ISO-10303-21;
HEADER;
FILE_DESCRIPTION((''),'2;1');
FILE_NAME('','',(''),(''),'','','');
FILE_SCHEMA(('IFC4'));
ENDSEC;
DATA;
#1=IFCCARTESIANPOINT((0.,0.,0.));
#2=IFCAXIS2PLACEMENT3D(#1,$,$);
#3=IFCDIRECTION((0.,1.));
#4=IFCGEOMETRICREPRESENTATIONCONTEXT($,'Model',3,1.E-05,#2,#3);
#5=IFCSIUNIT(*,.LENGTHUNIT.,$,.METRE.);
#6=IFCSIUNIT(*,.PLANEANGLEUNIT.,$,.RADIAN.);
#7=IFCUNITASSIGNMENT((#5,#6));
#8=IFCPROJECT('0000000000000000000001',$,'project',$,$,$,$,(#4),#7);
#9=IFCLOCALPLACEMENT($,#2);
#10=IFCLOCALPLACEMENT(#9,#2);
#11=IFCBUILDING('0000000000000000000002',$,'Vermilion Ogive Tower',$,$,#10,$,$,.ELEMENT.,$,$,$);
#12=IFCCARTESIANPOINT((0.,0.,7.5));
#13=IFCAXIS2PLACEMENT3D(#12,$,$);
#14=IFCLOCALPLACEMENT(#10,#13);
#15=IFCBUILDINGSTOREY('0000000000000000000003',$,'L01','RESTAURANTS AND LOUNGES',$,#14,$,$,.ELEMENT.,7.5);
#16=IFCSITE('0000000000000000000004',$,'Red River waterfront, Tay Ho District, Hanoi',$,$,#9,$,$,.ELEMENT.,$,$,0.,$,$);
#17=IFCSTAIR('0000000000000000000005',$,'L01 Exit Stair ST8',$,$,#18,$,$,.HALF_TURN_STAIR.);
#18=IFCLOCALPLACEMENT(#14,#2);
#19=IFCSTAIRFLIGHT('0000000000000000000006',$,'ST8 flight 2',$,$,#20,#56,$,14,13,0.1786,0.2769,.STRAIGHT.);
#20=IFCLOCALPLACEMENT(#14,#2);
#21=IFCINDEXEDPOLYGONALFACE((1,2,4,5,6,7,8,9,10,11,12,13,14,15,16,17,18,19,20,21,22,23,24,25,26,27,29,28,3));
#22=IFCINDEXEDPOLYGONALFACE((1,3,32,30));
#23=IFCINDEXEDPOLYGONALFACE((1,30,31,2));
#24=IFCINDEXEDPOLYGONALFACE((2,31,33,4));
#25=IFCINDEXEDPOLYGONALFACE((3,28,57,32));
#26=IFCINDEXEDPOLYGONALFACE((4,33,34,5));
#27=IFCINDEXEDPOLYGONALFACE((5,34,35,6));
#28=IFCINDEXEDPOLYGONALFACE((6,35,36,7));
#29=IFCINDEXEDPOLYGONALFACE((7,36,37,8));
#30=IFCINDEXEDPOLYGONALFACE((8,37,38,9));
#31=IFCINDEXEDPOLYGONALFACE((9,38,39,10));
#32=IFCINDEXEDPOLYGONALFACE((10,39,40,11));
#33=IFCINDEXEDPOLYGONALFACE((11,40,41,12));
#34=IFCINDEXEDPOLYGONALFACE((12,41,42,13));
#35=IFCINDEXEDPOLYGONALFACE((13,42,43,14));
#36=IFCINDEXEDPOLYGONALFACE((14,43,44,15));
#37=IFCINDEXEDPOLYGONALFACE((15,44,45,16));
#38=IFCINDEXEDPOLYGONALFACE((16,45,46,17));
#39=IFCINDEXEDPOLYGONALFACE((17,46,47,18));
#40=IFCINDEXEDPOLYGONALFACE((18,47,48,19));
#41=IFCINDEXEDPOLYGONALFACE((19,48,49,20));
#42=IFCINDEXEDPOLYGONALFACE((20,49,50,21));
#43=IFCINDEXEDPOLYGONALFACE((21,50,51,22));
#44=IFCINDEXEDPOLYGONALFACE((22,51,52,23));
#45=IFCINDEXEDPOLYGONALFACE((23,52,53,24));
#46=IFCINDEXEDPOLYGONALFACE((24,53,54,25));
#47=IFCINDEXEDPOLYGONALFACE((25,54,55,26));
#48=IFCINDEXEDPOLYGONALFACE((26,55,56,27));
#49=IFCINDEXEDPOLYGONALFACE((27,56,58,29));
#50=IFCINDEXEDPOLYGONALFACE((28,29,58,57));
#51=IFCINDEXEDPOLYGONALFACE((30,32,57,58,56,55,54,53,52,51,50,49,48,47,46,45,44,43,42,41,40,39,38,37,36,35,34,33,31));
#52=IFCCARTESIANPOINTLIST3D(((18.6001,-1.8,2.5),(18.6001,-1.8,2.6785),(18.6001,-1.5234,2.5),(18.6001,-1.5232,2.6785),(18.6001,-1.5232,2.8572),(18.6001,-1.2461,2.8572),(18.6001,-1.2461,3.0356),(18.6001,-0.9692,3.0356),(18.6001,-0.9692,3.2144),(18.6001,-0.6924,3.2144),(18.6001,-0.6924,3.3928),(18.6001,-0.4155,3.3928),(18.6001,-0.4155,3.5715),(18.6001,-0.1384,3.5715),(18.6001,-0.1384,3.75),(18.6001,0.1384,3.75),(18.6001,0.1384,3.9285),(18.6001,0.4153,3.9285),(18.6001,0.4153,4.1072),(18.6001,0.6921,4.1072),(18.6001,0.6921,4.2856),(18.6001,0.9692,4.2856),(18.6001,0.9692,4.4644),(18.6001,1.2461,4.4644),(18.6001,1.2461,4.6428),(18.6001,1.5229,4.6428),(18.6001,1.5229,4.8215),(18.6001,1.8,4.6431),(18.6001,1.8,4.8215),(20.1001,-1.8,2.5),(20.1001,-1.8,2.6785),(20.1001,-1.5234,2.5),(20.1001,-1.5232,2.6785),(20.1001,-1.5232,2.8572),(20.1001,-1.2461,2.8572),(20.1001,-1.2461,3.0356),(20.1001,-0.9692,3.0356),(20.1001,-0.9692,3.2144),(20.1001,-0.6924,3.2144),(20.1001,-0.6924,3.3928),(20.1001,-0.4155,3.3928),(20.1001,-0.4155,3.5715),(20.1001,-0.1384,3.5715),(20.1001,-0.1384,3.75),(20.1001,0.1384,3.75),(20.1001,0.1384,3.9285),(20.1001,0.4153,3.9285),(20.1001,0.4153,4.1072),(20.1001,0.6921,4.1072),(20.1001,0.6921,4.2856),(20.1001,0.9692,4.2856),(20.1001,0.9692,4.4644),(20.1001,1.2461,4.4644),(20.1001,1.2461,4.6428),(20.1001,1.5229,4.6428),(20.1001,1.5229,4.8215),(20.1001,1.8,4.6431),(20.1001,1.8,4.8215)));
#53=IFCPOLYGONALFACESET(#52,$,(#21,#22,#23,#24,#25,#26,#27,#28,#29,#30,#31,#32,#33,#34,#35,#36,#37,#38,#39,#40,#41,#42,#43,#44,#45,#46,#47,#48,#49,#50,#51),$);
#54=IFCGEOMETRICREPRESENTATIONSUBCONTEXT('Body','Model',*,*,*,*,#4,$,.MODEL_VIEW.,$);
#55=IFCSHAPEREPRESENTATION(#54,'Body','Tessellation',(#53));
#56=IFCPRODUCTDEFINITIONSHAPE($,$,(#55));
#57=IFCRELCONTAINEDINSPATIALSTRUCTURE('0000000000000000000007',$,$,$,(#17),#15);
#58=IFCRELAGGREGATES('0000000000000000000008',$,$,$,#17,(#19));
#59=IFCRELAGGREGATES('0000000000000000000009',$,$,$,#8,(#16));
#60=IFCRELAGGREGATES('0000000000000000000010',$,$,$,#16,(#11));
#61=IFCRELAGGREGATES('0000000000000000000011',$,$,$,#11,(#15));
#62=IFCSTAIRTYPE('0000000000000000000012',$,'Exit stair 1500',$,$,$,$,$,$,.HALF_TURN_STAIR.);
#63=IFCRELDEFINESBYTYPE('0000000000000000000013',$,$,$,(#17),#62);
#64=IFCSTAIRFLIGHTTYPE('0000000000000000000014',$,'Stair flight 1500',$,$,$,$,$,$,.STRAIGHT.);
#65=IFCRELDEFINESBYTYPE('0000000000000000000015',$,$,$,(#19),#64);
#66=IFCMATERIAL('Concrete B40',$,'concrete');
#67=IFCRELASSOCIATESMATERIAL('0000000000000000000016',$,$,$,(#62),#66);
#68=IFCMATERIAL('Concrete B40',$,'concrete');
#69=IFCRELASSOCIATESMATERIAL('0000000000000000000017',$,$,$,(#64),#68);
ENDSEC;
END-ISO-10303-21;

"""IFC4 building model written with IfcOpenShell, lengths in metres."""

from ifc_helpers import new_model, si_unit, direction, frame, origin, place, context, subcontext, project, spatial, polyline, outline, extrude, material, type_object, element, aggregate, save


model = new_model("IFC4")

# Units and contexts
model_context = context("Model", 3, precision=1e-05, world=origin(), true_north=direction((0.0, 1.0)))
body_context = subcontext(model_context, "Body", "Model", "MODEL_VIEW")
ifc_project = project(units=[si_unit("LENGTHUNIT", "METRE"), si_unit("PLANEANGLEUNIT", "RADIAN")], contexts=[model_context])

# Site, building, storey
site_placement = place(None, origin())
site = spatial("IfcSite", under=ifc_project, at=site_placement, Name="Red River waterfront, Tay Ho District, Hanoi", CompositionType="ELEMENT", RefElevation=0.0)
building_placement = place(site_placement, origin())
building = spatial("IfcBuilding", under=site, at=building_placement, Name="Vermilion Ogive Tower", CompositionType="ELEMENT")
storey_placement = place(building_placement, frame((0.0, 0.0, 7.5)))
storey = spatial("IfcBuildingStorey", under=building, at=storey_placement, Name="L01", Description="RESTAURANTS AND LOUNGES", CompositionType="ELEMENT", Elevation=7.5)

# Stair, stair flight
ifc_material_1 = material(Name="Concrete B40", Category="concrete")
stair_type = type_object("IfcStairType", Name="Exit stair 1500", PredefinedType="HALF_TURN_STAIR", material=ifc_material_1)
stair_placement = place(storey_placement, origin())
stair = element("IfcStair", 1, at=stair_placement, inside=storey, type_object=stair_type, Name="L01 Exit Stair ST8", PredefinedType="HALF_TURN_STAIR")
ifc_material_2 = material(Name="Concrete B40", Category="concrete")
stair_flight_type = type_object("IfcStairFlightType", Name="Stair flight 1500", PredefinedType="STRAIGHT", material=ifc_material_2)
stair_flight_1_placement = place(storey_placement, frame((19.3501, -1.8, 2.5), z_axis=(0.0, 0.0, 1.0), x_axis=(0.0, 1.0, 0.0)))
stair_flight_1 = element("IfcStairFlight", 2, at=stair_flight_1_placement, type_object=stair_flight_type, Name="ST8 flight 2", NumberOfRisers=14, NumberOfTreads=13, PredefinedType="STRAIGHT", RiserHeight=0.1786, TreadLength=0.2769, context=body_context, shape_type="SweptSolid", body=[
    extrude(outline(polyline([(0.0, 0.0), (0.0, 0.1785), (0.2769, 0.1785), (0.2769, 0.3572), (0.554, 0.3572), (0.554, 0.5356), (0.8308, 0.5356), (0.8308, 0.7144), (1.1077, 0.7144), (1.1077, 0.8928), (1.3845, 0.8928), (1.3845, 1.0715), (1.6616, 1.0715), (1.6616, 1.25), (1.9385, 1.25), (1.9385, 1.4285), (2.2153, 1.4285), (2.2153, 1.6072), (2.4922, 1.6072), (2.4922, 1.7856), (2.7693, 1.7856), (2.7693, 1.9644), (3.0461, 1.9644), (3.0461, 2.1428), (3.323, 2.1428), (3.323, 2.3215), (3.6001, 2.3215), (3.6001, 2.5), (3.6001, 2.1431), (0.2766, 0.0), (0.0, 0.0)])), frame((0.0, 0.75, 0.0), z_axis=(0.0, -1.0, 0.0), x_axis=(1.0, 0.0, 0.0)), (0.0, 0.0, 1.0), 1.5),
])
aggregate(stair, [stair_flight_1])

save(model, "model.ifc")
